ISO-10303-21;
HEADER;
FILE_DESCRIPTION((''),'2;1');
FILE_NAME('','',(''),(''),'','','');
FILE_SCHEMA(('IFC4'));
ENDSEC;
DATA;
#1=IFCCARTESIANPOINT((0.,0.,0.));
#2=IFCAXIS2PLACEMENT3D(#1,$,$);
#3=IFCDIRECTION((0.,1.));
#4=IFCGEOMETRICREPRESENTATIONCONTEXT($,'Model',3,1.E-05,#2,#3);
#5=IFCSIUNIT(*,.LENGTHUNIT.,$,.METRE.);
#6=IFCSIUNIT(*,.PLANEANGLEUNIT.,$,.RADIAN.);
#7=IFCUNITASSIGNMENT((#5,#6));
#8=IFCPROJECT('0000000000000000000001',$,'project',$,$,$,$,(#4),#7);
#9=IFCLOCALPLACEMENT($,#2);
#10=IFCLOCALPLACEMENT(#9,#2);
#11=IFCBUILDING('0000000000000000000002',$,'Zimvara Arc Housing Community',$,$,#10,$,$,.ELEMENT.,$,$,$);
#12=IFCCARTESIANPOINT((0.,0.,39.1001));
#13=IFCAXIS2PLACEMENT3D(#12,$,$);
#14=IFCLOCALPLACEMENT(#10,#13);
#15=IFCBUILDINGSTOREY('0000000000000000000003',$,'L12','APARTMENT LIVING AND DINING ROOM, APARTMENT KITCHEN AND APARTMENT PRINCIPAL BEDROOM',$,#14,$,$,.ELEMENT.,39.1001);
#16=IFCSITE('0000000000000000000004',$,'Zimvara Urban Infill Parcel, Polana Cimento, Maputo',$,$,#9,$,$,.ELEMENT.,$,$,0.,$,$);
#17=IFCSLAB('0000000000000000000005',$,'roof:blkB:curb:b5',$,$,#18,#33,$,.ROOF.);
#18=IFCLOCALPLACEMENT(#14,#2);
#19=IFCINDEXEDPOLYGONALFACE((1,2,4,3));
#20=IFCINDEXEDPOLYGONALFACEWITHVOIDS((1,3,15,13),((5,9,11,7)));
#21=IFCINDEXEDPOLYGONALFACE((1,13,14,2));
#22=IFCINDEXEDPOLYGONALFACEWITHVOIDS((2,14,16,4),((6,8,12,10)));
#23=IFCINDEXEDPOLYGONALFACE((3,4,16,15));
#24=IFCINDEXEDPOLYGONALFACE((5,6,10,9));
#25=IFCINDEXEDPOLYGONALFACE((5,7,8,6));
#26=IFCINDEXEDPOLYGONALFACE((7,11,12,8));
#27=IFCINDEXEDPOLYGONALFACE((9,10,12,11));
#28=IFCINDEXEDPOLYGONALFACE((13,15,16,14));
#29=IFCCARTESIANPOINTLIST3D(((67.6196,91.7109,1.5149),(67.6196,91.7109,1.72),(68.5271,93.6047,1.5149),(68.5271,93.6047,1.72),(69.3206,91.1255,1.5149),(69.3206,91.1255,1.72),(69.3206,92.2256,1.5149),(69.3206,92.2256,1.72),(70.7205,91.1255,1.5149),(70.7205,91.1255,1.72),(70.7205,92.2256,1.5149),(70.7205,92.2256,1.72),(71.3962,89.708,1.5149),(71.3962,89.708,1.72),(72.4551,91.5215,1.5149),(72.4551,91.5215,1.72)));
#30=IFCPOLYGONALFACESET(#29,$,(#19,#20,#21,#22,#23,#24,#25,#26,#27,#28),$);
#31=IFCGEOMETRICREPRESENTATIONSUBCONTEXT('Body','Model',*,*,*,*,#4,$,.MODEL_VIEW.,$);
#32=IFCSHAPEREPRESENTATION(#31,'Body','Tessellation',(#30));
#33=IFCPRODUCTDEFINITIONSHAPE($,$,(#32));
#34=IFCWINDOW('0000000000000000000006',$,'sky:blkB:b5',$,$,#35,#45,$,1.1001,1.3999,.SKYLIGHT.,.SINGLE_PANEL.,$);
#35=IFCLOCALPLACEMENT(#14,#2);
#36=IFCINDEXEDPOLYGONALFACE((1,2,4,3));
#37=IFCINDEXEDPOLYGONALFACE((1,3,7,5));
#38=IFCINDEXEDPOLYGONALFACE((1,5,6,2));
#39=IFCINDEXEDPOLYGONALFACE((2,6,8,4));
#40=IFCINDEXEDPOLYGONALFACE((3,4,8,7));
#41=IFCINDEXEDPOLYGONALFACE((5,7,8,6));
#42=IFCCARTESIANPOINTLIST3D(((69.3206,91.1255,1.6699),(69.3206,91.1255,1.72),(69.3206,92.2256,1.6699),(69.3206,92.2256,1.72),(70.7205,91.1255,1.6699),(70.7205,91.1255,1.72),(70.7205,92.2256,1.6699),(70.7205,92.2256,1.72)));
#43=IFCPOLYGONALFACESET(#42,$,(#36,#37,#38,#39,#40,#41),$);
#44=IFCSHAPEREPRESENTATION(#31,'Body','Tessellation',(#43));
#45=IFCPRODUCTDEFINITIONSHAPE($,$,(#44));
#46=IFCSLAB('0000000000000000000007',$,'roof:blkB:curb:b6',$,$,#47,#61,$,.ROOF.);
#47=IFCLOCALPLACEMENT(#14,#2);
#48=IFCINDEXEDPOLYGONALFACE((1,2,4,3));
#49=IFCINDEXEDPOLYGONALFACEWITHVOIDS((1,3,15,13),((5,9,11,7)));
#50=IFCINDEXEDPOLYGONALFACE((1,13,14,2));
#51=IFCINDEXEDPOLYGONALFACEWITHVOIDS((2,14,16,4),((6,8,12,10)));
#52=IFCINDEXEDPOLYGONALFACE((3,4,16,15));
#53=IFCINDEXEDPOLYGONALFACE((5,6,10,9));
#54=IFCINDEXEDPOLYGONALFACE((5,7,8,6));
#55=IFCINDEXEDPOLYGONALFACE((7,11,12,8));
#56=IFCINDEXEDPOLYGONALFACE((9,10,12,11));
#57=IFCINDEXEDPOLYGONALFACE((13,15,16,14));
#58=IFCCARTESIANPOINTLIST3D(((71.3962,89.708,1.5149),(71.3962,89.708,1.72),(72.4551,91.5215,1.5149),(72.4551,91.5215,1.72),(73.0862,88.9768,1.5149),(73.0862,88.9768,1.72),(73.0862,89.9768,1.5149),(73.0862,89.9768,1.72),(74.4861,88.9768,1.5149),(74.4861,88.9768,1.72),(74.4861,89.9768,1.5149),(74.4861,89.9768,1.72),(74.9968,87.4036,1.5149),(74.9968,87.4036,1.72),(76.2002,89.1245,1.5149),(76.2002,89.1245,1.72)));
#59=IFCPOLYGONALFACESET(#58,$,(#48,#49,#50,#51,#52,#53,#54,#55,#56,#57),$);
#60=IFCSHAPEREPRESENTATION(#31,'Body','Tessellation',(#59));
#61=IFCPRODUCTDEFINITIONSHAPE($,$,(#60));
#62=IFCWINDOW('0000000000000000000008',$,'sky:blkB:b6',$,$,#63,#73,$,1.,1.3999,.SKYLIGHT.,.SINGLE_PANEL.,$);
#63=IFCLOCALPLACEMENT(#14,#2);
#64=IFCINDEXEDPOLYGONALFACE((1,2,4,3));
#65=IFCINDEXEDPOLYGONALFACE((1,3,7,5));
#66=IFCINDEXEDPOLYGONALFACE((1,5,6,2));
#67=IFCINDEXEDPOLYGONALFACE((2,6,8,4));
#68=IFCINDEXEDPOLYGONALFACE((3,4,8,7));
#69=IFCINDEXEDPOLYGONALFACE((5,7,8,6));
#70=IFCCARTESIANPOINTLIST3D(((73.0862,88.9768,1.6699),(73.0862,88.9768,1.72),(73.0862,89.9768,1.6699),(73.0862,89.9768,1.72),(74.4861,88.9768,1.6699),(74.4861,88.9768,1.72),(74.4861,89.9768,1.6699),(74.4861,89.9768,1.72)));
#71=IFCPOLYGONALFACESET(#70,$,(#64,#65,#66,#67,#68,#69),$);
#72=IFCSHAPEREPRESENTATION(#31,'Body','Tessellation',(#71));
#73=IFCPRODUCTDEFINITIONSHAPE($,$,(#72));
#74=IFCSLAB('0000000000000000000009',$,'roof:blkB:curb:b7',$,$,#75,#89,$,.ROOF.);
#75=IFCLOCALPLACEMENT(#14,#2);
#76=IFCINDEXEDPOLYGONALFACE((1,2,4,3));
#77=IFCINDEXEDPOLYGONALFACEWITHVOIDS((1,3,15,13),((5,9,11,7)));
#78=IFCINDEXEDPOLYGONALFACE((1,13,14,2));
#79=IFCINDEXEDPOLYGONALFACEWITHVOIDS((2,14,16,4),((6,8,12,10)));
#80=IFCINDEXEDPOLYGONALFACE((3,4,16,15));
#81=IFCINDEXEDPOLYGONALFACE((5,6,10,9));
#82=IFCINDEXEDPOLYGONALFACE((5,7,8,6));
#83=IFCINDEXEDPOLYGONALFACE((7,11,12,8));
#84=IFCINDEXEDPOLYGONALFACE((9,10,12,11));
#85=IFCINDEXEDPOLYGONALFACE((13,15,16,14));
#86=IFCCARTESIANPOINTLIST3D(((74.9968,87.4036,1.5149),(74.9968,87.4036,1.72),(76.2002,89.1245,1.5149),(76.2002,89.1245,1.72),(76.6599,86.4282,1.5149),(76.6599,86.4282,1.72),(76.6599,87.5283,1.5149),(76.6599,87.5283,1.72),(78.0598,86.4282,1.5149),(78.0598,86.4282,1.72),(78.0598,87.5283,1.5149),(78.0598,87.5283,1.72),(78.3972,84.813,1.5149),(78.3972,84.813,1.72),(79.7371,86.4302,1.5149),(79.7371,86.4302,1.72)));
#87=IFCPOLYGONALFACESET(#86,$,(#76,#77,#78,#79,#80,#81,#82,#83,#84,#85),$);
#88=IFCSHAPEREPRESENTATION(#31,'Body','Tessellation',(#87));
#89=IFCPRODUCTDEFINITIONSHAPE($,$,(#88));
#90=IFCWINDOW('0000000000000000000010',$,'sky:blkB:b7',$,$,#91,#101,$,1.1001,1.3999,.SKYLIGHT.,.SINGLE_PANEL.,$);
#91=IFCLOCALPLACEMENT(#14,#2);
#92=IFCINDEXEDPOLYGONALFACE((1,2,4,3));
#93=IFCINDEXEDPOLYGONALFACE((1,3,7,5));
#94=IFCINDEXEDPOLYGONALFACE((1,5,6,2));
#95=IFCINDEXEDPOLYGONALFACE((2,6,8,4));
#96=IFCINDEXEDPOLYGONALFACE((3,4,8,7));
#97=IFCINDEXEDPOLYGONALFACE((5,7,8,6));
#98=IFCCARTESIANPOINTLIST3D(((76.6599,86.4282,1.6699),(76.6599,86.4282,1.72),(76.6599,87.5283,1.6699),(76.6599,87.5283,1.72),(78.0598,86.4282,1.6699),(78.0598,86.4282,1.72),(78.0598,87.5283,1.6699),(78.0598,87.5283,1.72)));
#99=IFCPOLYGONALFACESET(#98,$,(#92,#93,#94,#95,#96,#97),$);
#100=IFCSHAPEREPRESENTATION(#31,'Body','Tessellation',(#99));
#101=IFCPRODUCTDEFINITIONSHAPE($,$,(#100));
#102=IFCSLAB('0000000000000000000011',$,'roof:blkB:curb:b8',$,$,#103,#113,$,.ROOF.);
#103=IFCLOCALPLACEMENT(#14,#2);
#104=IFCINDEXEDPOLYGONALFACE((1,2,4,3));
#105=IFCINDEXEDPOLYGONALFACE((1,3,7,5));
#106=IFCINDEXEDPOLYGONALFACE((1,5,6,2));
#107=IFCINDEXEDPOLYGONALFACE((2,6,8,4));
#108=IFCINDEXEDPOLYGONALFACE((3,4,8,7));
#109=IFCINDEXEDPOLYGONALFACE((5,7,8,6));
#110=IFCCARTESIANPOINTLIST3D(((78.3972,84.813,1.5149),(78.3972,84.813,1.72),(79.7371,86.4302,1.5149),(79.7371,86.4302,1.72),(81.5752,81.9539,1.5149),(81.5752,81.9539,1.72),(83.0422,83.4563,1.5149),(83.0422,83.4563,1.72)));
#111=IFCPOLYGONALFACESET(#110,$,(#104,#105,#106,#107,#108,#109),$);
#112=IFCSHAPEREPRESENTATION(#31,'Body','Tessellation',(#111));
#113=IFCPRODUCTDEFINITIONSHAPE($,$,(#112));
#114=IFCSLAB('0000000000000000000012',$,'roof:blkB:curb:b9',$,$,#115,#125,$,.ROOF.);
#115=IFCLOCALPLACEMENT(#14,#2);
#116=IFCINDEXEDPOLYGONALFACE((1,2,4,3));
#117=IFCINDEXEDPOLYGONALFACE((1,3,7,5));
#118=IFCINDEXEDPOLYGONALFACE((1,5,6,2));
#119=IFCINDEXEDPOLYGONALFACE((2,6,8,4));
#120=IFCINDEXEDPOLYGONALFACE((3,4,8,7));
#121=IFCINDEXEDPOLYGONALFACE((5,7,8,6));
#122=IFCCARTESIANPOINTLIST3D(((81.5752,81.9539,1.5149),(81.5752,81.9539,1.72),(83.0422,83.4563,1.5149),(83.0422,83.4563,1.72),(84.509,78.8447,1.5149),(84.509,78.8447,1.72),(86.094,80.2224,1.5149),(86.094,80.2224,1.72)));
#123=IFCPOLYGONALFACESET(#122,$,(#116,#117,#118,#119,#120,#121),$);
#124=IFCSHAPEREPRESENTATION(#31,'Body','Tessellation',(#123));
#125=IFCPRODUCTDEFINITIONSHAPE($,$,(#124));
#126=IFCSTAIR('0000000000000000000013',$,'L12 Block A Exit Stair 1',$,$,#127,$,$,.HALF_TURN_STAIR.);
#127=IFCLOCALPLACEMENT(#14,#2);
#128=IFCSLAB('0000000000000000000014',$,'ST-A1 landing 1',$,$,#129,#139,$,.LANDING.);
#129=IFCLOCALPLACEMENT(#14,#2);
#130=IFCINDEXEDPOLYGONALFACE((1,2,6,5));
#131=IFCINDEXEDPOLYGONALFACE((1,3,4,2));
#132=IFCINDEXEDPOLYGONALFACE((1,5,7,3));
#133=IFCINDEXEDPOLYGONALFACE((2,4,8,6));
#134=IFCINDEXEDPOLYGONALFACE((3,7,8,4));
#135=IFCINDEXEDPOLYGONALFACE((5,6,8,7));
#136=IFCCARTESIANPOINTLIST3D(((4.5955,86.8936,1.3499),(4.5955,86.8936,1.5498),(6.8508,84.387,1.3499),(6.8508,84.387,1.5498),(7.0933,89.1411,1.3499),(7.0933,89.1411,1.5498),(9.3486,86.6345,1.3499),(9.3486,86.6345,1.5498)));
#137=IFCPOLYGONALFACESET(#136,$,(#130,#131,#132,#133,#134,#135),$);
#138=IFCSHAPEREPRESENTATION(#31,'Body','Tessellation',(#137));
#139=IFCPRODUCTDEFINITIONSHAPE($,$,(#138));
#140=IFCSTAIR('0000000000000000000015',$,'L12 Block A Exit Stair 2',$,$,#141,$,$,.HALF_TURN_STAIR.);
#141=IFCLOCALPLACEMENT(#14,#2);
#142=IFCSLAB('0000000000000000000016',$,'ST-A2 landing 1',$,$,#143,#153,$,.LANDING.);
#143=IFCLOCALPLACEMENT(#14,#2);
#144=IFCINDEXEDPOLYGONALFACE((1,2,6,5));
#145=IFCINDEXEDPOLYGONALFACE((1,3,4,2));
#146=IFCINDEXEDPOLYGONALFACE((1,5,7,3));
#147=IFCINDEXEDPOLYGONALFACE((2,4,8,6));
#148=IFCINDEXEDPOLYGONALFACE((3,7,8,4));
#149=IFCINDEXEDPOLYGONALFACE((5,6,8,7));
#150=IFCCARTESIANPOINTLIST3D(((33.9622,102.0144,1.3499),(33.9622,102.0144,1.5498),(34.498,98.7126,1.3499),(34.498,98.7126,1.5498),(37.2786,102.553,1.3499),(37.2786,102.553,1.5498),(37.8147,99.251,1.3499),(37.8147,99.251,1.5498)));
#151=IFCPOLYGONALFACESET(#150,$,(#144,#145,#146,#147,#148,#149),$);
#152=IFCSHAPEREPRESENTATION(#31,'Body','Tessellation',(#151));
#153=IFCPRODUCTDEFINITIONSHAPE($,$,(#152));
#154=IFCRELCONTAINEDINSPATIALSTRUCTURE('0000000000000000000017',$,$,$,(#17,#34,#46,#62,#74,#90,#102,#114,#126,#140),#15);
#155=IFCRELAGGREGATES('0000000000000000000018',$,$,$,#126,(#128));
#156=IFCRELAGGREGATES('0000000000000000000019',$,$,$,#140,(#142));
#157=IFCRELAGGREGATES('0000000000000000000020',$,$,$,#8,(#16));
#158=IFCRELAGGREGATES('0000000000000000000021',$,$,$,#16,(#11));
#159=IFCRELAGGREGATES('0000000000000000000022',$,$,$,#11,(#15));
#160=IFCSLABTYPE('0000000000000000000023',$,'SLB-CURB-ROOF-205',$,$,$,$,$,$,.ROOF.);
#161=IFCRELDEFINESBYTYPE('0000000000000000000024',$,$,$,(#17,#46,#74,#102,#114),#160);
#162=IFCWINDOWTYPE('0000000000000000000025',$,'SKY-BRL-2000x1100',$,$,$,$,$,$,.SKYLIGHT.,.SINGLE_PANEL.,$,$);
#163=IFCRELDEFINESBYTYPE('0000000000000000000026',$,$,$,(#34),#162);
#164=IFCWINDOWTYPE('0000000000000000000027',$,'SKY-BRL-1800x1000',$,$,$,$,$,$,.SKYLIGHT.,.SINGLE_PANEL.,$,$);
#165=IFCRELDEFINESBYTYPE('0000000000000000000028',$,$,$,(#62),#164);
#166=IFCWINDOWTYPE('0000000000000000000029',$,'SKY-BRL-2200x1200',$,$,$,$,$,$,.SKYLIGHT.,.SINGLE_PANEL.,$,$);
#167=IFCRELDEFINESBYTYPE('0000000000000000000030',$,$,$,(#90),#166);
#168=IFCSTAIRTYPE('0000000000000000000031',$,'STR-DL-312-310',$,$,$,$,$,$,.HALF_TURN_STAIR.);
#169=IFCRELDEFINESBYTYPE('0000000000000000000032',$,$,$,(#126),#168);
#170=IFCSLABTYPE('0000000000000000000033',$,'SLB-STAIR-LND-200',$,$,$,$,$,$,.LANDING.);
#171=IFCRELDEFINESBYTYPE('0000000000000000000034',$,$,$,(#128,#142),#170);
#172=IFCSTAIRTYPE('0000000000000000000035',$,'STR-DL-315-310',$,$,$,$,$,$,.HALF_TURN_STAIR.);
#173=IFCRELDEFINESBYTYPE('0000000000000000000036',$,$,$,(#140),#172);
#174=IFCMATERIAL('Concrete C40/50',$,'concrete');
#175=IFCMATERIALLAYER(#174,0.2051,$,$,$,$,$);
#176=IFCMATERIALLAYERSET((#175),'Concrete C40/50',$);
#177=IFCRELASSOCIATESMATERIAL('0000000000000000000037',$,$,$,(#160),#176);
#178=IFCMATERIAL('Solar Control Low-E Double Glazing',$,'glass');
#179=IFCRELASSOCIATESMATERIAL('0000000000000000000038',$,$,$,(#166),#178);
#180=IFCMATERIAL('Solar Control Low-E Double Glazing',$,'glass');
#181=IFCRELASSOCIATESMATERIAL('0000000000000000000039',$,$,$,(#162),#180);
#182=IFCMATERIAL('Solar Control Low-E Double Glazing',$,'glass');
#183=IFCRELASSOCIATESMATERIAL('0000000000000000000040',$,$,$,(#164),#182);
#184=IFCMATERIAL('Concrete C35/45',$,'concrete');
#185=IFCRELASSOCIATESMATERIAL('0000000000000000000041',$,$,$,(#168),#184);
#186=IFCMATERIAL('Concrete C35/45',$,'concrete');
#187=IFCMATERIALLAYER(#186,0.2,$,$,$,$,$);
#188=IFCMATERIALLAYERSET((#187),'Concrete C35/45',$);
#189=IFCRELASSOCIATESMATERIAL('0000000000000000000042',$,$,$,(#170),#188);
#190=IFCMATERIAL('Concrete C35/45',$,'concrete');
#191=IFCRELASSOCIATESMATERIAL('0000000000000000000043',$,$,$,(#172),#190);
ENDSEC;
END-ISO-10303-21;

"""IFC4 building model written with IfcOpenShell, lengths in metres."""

from ifc_helpers import new_model, si_unit, direction, frame, origin, origin_2d, place, context, subcontext, project, spatial, polyline, rectangle, outline, extrude, material, layer, layer_set, type_object, element, fill, aggregate, save


model = new_model("IFC4")

# Units and contexts
model_context = context("Model", 3, precision=1e-05, world=origin(), true_north=direction((0.0, 1.0)))
body_context = subcontext(model_context, "Body", "Model", "MODEL_VIEW")
ifc_project = project(units=[si_unit("LENGTHUNIT", "METRE"), si_unit("PLANEANGLEUNIT", "RADIAN")], contexts=[model_context])

# Site, building, storey
site_placement = place(None, origin())
site = spatial("IfcSite", under=ifc_project, at=site_placement, Name="Zimvara Urban Infill Parcel, Polana Cimento, Maputo", CompositionType="ELEMENT", RefElevation=0.0)
building_placement = place(site_placement, origin())
building = spatial("IfcBuilding", under=site, at=building_placement, Name="Zimvara Arc Housing Community", CompositionType="ELEMENT")
storey_placement = place(building_placement, frame((0.0, 0.0, 39.1001)))
storey = spatial("IfcBuildingStorey", under=building, at=storey_placement, Name="L12", Description="APARTMENT LIVING AND DINING ROOM, APARTMENT KITCHEN AND APARTMENT PRINCIPAL BEDROOM", CompositionType="ELEMENT", Elevation=39.1001)

# Slabs, openings, windows
ifc_material_1 = material(Name="Concrete C40/50", Category="concrete")
ifc_layer_1 = layer(ifc_material_1, 0.2051)
ifc_layer_set_1 = layer_set([ifc_layer_1], Name="Concrete C40/50")
slab_type_1 = type_object("IfcSlabType", Name="SLB-CURB-ROOF-205", PredefinedType="ROOF", material=ifc_layer_set_1)
ifc_material_2 = material(Name="Solar Control Low-E Double Glazing", Category="glass")
window_type_1 = type_object("IfcWindowType", Name="SKY-BRL-2200x1200", PartitioningType="SINGLE_PANEL", PredefinedType="SKYLIGHT", material=ifc_material_2)
ifc_material_3 = material(Name="Solar Control Low-E Double Glazing", Category="glass")
window_type_2 = type_object("IfcWindowType", Name="SKY-BRL-2000x1100", PartitioningType="SINGLE_PANEL", PredefinedType="SKYLIGHT", material=ifc_material_3)
ifc_material_4 = material(Name="Solar Control Low-E Double Glazing", Category="glass")
window_type_3 = type_object("IfcWindowType", Name="SKY-BRL-1800x1000", PartitioningType="SINGLE_PANEL", PredefinedType="SKYLIGHT", material=ifc_material_4)
slab_1_placement = place(storey_placement, frame((0.0, 0.0, 1.5149)))
slab_1 = element("IfcSlab", 1, at=slab_1_placement, inside=storey, type_object=slab_type_1, Name="roof:blkB:curb:b5", PredefinedType="ROOF", context=body_context, shape_type="SweptSolid", body=[
    extrude(outline(polyline([(67.6196, 91.7109), (71.3962, 89.708), (72.4551, 91.5215), (68.5271, 93.6047), (67.6196, 91.7109)])), origin(), (0.0, 0.0, 1.0), 0.2051),
])
opening_1_placement = place(slab_1_placement, frame((70.0205, 91.6755, 0.0)))
opening_1 = element("IfcOpeningElement", 2, at=opening_1_placement, cuts=slab_1, PredefinedType="OPENING", context=body_context, shape_type="SweptSolid", body=[
    extrude(rectangle(XDim=1.3999, YDim=1.1001, at=origin_2d()), origin(), (0.0, 0.0, 1.0), 0.2051),
])
window_1_placement = place(opening_1_placement, frame((0.0, 0.0, 0.155)))
window_1 = element("IfcWindow", 3, at=window_1_placement, inside=storey, type_object=window_type_2, Name="sky:blkB:b5", OverallHeight=1.1001, OverallWidth=1.3999, PartitioningType="SINGLE_PANEL", PredefinedType="SKYLIGHT", context=body_context, shape_type="SweptSolid", body=[
    extrude(rectangle(XDim=1.3999, YDim=1.1001, at=origin_2d()), origin(), (0.0, 0.0, 1.0), 0.05),
])
fill(opening_1, window_1)
slab_2_placement = place(storey_placement, frame((0.0, 0.0, 1.5149)))
slab_2 = element("IfcSlab", 4, at=slab_2_placement, inside=storey, type_object=slab_type_1, Name="roof:blkB:curb:b6", PredefinedType="ROOF", context=body_context, shape_type="SweptSolid", body=[
    extrude(outline(polyline([(71.3962, 89.708), (74.9968, 87.4036), (76.2002, 89.1245), (72.4551, 91.5215), (71.3962, 89.708)])), origin(), (0.0, 0.0, 1.0), 0.2051),
])
opening_2_placement = place(slab_2_placement, frame((73.7861, 89.4768, 0.0)))
opening_2 = element("IfcOpeningElement", 5, at=opening_2_placement, cuts=slab_2, PredefinedType="OPENING", context=body_context, shape_type="SweptSolid", body=[
    extrude(rectangle(XDim=1.3999, YDim=1.0, at=origin_2d()), origin(), (0.0, 0.0, 1.0), 0.2051),
])
window_2_placement = place(opening_2_placement, frame((0.0, 0.0, 0.155)))
window_2 = element("IfcWindow", 6, at=window_2_placement, inside=storey, type_object=window_type_3, Name="sky:blkB:b6", OverallHeight=1.0, OverallWidth=1.3999, PartitioningType="SINGLE_PANEL", PredefinedType="SKYLIGHT", context=body_context, shape_type="SweptSolid", body=[
    extrude(rectangle(XDim=1.3999, YDim=1.0, at=origin_2d()), origin(), (0.0, 0.0, 1.0), 0.05),
])
fill(opening_2, window_2)
slab_3_placement = place(storey_placement, frame((0.0, 0.0, 1.5149)))
slab_3 = element("IfcSlab", 7, at=slab_3_placement, inside=storey, type_object=slab_type_1, Name="roof:blkB:curb:b7", PredefinedType="ROOF", context=body_context, shape_type="SweptSolid", body=[
    extrude(outline(polyline([(74.9968, 87.4036), (78.3972, 84.813), (79.7371, 86.4302), (76.2002, 89.1245), (74.9968, 87.4036)])), origin(), (0.0, 0.0, 1.0), 0.2051),
])
opening_3_placement = place(slab_3_placement, frame((77.3599, 86.9783, 0.0)))
opening_3 = element("IfcOpeningElement", 8, at=opening_3_placement, cuts=slab_3, PredefinedType="OPENING", context=body_context, shape_type="SweptSolid", body=[
    extrude(rectangle(XDim=1.3999, YDim=1.1001, at=origin_2d()), origin(), (0.0, 0.0, 1.0), 0.2051),
])
window_3_placement = place(opening_3_placement, frame((0.0, 0.0, 0.155)))
window_3 = element("IfcWindow", 9, at=window_3_placement, inside=storey, type_object=window_type_1, Name="sky:blkB:b7", OverallHeight=1.1001, OverallWidth=1.3999, PartitioningType="SINGLE_PANEL", PredefinedType="SKYLIGHT", context=body_context, shape_type="SweptSolid", body=[
    extrude(rectangle(XDim=1.3999, YDim=1.1001, at=origin_2d()), origin(), (0.0, 0.0, 1.0), 0.05),
])
fill(opening_3, window_3)

# Slabs
slab_4_placement = place(storey_placement, frame((0.0, 0.0, 1.5149)))
element("IfcSlab", 10, at=slab_4_placement, inside=storey, type_object=slab_type_1, Name="roof:blkB:curb:b8", PredefinedType="ROOF", context=body_context, shape_type="SweptSolid", body=[
    extrude(outline(polyline([(78.3972, 84.813), (81.5752, 81.9539), (83.0422, 83.4563), (79.7371, 86.4302), (78.3972, 84.813)])), origin(), (0.0, 0.0, 1.0), 0.2051),
])
slab_5_placement = place(storey_placement, frame((0.0, 0.0, 1.5149)))
element("IfcSlab", 11, at=slab_5_placement, inside=storey, type_object=slab_type_1, Name="roof:blkB:curb:b9", PredefinedType="ROOF", context=body_context, shape_type="SweptSolid", body=[
    extrude(outline(polyline([(81.5752, 81.9539), (84.509, 78.8447), (86.094, 80.2224), (83.0422, 83.4563), (81.5752, 81.9539)])), origin(), (0.0, 0.0, 1.0), 0.2051),
])

# Stairs, slabs
ifc_material_5 = material(Name="Concrete C35/45", Category="concrete")
stair_type_1 = type_object("IfcStairType", Name="STR-DL-312-310", PredefinedType="HALF_TURN_STAIR", material=ifc_material_5)
stair_1_placement = place(storey_placement, origin())
stair_1 = element("IfcStair", 12, at=stair_1_placement, inside=storey, type_object=stair_type_1, Name="L12 Block A Exit Stair 1", PredefinedType="HALF_TURN_STAIR")
ifc_material_6 = material(Name="Concrete C35/45", Category="concrete")
ifc_layer_2 = layer(ifc_material_6, 0.2)
ifc_layer_set_2 = layer_set([ifc_layer_2], Name="Concrete C35/45")
slab_type_2 = type_object("IfcSlabType", Name="SLB-STAIR-LND-200", PredefinedType="LANDING", material=ifc_layer_set_2)
slab_6_placement = place(storey_placement, frame((0.0, 0.0, 1.3499)))
slab_6 = element("IfcSlab", 13, at=slab_6_placement, type_object=slab_type_2, Name="ST-A1 landing 1", PredefinedType="LANDING", context=body_context, shape_type="SweptSolid", body=[
    extrude(outline(polyline([(9.3486, 86.6345), (7.0933, 89.1411), (4.5955, 86.8936), (6.8508, 84.387), (9.3486, 86.6345)])), origin(), (0.0, 0.0, 1.0), 0.2),
])
aggregate(stair_1, [slab_6])
ifc_material_7 = material(Name="Concrete C35/45", Category="concrete")
stair_type_2 = type_object("IfcStairType", Name="STR-DL-315-310", PredefinedType="HALF_TURN_STAIR", material=ifc_material_7)
stair_2_placement = place(storey_placement, origin())
stair_2 = element("IfcStair", 14, at=stair_2_placement, inside=storey, type_object=stair_type_2, Name="L12 Block A Exit Stair 2", PredefinedType="HALF_TURN_STAIR")
slab_7_placement = place(storey_placement, frame((0.0, 0.0, 1.3499)))
slab_7 = element("IfcSlab", 15, at=slab_7_placement, type_object=slab_type_2, Name="ST-A2 landing 1", PredefinedType="LANDING", context=body_context, shape_type="SweptSolid", body=[
    extrude(outline(polyline([(37.8147, 99.251), (37.2786, 102.553), (33.9622, 102.0144), (34.498, 98.7126), (37.8147, 99.251)])), origin(), (0.0, 0.0, 1.0), 0.2),
])
aggregate(stair_2, [slab_7])

save(model, "model.ifc")
